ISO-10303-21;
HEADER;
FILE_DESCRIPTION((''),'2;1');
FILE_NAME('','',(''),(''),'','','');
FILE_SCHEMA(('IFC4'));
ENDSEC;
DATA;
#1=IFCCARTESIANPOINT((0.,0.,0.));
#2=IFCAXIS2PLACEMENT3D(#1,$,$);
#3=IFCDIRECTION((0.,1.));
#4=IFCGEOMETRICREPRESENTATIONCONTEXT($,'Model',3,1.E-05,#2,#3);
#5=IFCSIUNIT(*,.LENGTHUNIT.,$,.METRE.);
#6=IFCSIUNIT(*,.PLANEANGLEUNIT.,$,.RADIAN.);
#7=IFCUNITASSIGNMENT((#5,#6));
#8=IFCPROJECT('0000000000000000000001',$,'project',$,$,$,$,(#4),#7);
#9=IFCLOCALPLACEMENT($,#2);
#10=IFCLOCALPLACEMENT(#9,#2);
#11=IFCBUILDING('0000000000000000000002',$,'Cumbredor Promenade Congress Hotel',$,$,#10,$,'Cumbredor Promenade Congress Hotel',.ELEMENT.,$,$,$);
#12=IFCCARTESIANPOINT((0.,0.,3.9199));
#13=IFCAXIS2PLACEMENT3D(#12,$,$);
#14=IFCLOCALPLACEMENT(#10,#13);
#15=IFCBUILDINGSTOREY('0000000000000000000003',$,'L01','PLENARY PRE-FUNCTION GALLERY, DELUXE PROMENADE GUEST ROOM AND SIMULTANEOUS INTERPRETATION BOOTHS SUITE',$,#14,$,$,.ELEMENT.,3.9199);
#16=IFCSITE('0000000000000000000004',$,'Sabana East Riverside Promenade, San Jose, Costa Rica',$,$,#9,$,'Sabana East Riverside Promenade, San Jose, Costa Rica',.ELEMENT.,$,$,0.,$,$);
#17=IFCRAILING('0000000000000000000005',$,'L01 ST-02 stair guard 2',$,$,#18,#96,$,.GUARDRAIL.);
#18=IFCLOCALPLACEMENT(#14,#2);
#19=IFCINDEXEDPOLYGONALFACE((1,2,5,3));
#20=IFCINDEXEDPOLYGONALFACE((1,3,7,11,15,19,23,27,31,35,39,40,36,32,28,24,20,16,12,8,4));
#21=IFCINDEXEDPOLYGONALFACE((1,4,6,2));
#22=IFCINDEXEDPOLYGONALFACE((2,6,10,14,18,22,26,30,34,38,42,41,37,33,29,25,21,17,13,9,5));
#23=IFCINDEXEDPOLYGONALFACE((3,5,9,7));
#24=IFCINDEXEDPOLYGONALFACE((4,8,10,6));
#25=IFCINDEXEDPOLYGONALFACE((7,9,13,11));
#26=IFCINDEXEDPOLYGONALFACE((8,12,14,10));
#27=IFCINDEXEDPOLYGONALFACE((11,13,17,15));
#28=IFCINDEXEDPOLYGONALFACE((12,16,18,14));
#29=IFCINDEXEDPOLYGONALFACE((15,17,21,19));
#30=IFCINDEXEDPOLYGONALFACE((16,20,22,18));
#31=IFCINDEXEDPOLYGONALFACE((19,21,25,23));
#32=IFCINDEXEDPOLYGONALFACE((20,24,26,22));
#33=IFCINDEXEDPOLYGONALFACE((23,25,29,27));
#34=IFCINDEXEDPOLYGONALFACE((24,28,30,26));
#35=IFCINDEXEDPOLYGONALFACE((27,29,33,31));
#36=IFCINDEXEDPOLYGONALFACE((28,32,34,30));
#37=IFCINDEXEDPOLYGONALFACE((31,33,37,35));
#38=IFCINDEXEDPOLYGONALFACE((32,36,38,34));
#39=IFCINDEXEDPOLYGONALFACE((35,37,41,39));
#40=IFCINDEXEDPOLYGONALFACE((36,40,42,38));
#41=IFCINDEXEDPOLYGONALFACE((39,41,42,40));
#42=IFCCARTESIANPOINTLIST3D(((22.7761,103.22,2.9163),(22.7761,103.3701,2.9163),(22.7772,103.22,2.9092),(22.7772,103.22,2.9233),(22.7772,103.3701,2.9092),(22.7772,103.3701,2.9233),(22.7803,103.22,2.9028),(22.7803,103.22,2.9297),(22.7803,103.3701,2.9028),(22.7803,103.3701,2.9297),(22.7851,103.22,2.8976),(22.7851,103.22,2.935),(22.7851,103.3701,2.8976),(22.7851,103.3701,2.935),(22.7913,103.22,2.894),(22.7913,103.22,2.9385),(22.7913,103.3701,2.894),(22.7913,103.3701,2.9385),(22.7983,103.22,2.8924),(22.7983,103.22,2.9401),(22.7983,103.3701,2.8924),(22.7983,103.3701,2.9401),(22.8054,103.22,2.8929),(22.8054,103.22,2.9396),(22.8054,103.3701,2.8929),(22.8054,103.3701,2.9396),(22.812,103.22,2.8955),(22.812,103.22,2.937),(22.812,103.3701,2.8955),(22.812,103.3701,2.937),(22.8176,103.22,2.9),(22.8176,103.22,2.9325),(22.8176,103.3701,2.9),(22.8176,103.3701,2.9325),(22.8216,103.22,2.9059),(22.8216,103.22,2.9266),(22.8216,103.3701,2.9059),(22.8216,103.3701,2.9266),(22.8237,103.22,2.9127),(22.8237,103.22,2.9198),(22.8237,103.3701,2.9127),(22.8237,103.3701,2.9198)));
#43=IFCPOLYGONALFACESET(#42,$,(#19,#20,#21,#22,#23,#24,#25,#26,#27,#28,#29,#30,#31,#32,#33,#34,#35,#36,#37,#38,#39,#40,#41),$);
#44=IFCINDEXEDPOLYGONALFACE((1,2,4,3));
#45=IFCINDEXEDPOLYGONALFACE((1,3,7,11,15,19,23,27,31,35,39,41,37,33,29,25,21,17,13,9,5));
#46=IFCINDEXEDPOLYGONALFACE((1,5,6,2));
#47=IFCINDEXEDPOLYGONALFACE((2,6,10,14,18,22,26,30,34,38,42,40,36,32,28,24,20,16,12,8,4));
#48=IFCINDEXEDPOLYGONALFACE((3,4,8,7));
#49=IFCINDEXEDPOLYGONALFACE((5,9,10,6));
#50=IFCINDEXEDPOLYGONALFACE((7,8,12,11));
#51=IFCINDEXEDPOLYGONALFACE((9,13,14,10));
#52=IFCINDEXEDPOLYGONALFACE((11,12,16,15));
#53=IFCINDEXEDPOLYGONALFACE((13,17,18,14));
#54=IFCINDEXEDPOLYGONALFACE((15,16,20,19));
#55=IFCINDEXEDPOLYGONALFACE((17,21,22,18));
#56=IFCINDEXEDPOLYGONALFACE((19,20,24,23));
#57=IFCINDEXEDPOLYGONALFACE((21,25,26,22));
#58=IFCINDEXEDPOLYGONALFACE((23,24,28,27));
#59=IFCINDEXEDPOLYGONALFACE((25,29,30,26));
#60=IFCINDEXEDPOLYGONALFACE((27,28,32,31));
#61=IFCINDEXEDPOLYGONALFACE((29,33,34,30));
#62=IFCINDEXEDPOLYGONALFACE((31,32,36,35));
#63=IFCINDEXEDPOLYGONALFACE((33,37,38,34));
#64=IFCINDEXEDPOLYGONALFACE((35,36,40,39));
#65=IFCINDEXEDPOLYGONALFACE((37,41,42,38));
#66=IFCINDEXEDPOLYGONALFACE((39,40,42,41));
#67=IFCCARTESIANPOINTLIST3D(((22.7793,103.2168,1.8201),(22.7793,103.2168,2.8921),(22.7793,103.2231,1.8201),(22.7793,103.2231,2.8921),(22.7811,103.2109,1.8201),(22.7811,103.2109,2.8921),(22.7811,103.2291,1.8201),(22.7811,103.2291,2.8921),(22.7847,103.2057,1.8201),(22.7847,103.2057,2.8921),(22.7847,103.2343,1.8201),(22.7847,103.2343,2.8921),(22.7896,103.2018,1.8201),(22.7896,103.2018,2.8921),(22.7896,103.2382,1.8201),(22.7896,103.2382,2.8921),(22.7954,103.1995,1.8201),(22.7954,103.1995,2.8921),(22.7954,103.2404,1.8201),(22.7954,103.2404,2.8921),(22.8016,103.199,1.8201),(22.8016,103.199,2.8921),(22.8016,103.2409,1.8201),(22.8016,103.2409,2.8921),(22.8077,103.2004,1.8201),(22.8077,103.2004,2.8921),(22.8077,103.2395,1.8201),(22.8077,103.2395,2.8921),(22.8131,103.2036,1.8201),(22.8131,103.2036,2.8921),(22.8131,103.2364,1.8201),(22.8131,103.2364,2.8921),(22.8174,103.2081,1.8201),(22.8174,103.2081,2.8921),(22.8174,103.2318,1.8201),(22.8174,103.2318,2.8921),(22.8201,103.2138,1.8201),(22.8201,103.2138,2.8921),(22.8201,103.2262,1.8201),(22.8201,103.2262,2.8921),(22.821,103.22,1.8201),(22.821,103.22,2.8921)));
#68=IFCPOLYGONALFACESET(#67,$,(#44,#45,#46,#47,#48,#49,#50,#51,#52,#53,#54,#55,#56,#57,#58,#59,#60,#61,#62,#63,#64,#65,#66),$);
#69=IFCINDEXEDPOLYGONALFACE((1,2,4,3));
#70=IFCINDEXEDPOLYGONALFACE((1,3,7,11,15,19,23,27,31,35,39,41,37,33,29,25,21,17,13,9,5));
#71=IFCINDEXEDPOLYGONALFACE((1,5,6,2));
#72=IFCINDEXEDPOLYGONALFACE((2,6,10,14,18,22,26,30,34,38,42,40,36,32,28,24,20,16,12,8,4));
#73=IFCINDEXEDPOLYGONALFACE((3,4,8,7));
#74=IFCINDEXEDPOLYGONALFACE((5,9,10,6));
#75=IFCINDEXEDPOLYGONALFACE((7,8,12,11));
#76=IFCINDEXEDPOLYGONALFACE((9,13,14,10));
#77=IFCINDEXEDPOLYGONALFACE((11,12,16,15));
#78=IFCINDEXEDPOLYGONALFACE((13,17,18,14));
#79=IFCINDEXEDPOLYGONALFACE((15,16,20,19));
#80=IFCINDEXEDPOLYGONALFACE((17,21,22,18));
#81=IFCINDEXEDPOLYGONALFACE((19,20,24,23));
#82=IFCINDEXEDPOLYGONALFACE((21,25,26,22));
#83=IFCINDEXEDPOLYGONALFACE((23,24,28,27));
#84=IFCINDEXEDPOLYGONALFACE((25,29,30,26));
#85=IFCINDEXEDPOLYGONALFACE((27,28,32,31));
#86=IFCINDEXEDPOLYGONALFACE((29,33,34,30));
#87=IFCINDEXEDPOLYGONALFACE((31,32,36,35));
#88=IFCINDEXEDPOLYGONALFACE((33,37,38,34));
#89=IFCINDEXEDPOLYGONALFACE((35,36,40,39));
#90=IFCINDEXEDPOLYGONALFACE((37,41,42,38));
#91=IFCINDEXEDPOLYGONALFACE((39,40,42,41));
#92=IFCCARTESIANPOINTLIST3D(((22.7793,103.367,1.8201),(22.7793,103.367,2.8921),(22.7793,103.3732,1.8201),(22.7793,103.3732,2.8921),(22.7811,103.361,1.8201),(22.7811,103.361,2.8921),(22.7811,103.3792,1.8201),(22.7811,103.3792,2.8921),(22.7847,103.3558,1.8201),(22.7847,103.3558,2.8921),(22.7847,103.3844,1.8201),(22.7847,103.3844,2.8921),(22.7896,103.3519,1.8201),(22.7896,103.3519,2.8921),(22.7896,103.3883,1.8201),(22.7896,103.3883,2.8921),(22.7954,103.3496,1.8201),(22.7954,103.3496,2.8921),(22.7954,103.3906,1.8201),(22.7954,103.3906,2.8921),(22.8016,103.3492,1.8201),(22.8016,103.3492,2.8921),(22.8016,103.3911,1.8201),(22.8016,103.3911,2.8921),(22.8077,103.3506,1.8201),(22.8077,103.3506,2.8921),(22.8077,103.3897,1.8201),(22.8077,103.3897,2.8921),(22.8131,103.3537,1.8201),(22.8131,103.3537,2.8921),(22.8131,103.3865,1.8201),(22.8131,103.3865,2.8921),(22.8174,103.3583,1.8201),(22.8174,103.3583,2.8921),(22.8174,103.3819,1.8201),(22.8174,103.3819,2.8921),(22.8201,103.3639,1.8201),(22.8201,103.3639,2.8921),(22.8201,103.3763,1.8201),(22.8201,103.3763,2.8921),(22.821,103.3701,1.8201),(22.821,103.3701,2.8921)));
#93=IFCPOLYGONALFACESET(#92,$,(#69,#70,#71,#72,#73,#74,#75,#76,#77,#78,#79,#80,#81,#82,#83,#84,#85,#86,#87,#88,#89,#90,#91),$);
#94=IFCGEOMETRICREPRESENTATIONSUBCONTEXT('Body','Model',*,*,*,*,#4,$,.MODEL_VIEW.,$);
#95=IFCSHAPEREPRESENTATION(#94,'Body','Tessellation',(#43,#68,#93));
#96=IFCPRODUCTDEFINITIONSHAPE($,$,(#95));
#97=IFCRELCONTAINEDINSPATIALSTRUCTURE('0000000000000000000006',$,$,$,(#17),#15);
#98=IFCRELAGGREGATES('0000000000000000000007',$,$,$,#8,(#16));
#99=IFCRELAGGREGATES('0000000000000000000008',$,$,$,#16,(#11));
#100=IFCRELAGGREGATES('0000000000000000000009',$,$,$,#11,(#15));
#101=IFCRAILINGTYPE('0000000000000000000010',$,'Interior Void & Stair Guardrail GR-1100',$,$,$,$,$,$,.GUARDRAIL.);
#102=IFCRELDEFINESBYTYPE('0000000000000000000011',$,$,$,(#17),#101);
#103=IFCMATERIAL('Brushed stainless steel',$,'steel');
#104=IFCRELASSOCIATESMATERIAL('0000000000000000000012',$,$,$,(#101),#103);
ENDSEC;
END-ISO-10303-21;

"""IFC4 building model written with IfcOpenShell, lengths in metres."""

from ifc_helpers import new_model, si_unit, direction, frame, origin, origin_2d, place, context, subcontext, project, spatial, circle, extrude, material, type_object, element, save


model = new_model("IFC4")

# Units and contexts
model_context = context("Model", 3, precision=1e-05, world=origin(), true_north=direction((0.0, 1.0)))
body_context = subcontext(model_context, "Body", "Model", "MODEL_VIEW")
ifc_project = project(units=[si_unit("LENGTHUNIT", "METRE"), si_unit("PLANEANGLEUNIT", "RADIAN")], contexts=[model_context])

# Site, building, storey
site_placement = place(None, origin())
site = spatial("IfcSite", under=ifc_project, at=site_placement, Name="Sabana East Riverside Promenade, San Jose, Costa Rica", LongName="Sabana East Riverside Promenade, San Jose, Costa Rica", CompositionType="ELEMENT", RefElevation=0.0)
building_placement = place(site_placement, origin())
building = spatial("IfcBuilding", under=site, at=building_placement, Name="Cumbredor Promenade Congress Hotel", LongName="Cumbredor Promenade Congress Hotel", CompositionType="ELEMENT")
storey_placement = place(building_placement, frame((0.0, 0.0, 3.9199)))
storey = spatial("IfcBuildingStorey", under=building, at=storey_placement, Name="L01", Description="PLENARY PRE-FUNCTION GALLERY, DELUXE PROMENADE GUEST ROOM AND SIMULTANEOUS INTERPRETATION BOOTHS SUITE", CompositionType="ELEMENT", Elevation=3.9199)

# Shared definitions
ifc_material_1 = material(Name="Brushed stainless steel", Category="steel")

# Railing
railing_type = type_object("IfcRailingType", Name="Interior Void & Stair Guardrail GR-1100", PredefinedType="GUARDRAIL", material=ifc_material_1)
railing_placement = place(storey_placement, frame((22.8, 103.22, 1.8201)))
element("IfcRailing", 1, at=railing_placement, inside=storey, type_object=railing_type, Name="L01 ST-02 stair guard 2", PredefinedType="GUARDRAIL", context=body_context, shape_type="SweptSolid", body=[
    extrude(circle(Radius=0.0239, at=origin_2d()), frame((0.0, 0.0, 1.0962), z_axis=(0.0, 1.0, 0.0), x_axis=(-1.0, 0.0, 0.0)), (0.0, 0.0, 1.0), 0.1501),
    extrude(circle(Radius=0.021, at=origin_2d()), origin(), (0.0, 0.0, 1.0), 1.072),
    extrude(circle(Radius=0.021, at=origin_2d()), frame((0.0, 0.1501, 0.0)), (0.0, 0.0, 1.0), 1.072),
])

save(model, "model.ifc")
